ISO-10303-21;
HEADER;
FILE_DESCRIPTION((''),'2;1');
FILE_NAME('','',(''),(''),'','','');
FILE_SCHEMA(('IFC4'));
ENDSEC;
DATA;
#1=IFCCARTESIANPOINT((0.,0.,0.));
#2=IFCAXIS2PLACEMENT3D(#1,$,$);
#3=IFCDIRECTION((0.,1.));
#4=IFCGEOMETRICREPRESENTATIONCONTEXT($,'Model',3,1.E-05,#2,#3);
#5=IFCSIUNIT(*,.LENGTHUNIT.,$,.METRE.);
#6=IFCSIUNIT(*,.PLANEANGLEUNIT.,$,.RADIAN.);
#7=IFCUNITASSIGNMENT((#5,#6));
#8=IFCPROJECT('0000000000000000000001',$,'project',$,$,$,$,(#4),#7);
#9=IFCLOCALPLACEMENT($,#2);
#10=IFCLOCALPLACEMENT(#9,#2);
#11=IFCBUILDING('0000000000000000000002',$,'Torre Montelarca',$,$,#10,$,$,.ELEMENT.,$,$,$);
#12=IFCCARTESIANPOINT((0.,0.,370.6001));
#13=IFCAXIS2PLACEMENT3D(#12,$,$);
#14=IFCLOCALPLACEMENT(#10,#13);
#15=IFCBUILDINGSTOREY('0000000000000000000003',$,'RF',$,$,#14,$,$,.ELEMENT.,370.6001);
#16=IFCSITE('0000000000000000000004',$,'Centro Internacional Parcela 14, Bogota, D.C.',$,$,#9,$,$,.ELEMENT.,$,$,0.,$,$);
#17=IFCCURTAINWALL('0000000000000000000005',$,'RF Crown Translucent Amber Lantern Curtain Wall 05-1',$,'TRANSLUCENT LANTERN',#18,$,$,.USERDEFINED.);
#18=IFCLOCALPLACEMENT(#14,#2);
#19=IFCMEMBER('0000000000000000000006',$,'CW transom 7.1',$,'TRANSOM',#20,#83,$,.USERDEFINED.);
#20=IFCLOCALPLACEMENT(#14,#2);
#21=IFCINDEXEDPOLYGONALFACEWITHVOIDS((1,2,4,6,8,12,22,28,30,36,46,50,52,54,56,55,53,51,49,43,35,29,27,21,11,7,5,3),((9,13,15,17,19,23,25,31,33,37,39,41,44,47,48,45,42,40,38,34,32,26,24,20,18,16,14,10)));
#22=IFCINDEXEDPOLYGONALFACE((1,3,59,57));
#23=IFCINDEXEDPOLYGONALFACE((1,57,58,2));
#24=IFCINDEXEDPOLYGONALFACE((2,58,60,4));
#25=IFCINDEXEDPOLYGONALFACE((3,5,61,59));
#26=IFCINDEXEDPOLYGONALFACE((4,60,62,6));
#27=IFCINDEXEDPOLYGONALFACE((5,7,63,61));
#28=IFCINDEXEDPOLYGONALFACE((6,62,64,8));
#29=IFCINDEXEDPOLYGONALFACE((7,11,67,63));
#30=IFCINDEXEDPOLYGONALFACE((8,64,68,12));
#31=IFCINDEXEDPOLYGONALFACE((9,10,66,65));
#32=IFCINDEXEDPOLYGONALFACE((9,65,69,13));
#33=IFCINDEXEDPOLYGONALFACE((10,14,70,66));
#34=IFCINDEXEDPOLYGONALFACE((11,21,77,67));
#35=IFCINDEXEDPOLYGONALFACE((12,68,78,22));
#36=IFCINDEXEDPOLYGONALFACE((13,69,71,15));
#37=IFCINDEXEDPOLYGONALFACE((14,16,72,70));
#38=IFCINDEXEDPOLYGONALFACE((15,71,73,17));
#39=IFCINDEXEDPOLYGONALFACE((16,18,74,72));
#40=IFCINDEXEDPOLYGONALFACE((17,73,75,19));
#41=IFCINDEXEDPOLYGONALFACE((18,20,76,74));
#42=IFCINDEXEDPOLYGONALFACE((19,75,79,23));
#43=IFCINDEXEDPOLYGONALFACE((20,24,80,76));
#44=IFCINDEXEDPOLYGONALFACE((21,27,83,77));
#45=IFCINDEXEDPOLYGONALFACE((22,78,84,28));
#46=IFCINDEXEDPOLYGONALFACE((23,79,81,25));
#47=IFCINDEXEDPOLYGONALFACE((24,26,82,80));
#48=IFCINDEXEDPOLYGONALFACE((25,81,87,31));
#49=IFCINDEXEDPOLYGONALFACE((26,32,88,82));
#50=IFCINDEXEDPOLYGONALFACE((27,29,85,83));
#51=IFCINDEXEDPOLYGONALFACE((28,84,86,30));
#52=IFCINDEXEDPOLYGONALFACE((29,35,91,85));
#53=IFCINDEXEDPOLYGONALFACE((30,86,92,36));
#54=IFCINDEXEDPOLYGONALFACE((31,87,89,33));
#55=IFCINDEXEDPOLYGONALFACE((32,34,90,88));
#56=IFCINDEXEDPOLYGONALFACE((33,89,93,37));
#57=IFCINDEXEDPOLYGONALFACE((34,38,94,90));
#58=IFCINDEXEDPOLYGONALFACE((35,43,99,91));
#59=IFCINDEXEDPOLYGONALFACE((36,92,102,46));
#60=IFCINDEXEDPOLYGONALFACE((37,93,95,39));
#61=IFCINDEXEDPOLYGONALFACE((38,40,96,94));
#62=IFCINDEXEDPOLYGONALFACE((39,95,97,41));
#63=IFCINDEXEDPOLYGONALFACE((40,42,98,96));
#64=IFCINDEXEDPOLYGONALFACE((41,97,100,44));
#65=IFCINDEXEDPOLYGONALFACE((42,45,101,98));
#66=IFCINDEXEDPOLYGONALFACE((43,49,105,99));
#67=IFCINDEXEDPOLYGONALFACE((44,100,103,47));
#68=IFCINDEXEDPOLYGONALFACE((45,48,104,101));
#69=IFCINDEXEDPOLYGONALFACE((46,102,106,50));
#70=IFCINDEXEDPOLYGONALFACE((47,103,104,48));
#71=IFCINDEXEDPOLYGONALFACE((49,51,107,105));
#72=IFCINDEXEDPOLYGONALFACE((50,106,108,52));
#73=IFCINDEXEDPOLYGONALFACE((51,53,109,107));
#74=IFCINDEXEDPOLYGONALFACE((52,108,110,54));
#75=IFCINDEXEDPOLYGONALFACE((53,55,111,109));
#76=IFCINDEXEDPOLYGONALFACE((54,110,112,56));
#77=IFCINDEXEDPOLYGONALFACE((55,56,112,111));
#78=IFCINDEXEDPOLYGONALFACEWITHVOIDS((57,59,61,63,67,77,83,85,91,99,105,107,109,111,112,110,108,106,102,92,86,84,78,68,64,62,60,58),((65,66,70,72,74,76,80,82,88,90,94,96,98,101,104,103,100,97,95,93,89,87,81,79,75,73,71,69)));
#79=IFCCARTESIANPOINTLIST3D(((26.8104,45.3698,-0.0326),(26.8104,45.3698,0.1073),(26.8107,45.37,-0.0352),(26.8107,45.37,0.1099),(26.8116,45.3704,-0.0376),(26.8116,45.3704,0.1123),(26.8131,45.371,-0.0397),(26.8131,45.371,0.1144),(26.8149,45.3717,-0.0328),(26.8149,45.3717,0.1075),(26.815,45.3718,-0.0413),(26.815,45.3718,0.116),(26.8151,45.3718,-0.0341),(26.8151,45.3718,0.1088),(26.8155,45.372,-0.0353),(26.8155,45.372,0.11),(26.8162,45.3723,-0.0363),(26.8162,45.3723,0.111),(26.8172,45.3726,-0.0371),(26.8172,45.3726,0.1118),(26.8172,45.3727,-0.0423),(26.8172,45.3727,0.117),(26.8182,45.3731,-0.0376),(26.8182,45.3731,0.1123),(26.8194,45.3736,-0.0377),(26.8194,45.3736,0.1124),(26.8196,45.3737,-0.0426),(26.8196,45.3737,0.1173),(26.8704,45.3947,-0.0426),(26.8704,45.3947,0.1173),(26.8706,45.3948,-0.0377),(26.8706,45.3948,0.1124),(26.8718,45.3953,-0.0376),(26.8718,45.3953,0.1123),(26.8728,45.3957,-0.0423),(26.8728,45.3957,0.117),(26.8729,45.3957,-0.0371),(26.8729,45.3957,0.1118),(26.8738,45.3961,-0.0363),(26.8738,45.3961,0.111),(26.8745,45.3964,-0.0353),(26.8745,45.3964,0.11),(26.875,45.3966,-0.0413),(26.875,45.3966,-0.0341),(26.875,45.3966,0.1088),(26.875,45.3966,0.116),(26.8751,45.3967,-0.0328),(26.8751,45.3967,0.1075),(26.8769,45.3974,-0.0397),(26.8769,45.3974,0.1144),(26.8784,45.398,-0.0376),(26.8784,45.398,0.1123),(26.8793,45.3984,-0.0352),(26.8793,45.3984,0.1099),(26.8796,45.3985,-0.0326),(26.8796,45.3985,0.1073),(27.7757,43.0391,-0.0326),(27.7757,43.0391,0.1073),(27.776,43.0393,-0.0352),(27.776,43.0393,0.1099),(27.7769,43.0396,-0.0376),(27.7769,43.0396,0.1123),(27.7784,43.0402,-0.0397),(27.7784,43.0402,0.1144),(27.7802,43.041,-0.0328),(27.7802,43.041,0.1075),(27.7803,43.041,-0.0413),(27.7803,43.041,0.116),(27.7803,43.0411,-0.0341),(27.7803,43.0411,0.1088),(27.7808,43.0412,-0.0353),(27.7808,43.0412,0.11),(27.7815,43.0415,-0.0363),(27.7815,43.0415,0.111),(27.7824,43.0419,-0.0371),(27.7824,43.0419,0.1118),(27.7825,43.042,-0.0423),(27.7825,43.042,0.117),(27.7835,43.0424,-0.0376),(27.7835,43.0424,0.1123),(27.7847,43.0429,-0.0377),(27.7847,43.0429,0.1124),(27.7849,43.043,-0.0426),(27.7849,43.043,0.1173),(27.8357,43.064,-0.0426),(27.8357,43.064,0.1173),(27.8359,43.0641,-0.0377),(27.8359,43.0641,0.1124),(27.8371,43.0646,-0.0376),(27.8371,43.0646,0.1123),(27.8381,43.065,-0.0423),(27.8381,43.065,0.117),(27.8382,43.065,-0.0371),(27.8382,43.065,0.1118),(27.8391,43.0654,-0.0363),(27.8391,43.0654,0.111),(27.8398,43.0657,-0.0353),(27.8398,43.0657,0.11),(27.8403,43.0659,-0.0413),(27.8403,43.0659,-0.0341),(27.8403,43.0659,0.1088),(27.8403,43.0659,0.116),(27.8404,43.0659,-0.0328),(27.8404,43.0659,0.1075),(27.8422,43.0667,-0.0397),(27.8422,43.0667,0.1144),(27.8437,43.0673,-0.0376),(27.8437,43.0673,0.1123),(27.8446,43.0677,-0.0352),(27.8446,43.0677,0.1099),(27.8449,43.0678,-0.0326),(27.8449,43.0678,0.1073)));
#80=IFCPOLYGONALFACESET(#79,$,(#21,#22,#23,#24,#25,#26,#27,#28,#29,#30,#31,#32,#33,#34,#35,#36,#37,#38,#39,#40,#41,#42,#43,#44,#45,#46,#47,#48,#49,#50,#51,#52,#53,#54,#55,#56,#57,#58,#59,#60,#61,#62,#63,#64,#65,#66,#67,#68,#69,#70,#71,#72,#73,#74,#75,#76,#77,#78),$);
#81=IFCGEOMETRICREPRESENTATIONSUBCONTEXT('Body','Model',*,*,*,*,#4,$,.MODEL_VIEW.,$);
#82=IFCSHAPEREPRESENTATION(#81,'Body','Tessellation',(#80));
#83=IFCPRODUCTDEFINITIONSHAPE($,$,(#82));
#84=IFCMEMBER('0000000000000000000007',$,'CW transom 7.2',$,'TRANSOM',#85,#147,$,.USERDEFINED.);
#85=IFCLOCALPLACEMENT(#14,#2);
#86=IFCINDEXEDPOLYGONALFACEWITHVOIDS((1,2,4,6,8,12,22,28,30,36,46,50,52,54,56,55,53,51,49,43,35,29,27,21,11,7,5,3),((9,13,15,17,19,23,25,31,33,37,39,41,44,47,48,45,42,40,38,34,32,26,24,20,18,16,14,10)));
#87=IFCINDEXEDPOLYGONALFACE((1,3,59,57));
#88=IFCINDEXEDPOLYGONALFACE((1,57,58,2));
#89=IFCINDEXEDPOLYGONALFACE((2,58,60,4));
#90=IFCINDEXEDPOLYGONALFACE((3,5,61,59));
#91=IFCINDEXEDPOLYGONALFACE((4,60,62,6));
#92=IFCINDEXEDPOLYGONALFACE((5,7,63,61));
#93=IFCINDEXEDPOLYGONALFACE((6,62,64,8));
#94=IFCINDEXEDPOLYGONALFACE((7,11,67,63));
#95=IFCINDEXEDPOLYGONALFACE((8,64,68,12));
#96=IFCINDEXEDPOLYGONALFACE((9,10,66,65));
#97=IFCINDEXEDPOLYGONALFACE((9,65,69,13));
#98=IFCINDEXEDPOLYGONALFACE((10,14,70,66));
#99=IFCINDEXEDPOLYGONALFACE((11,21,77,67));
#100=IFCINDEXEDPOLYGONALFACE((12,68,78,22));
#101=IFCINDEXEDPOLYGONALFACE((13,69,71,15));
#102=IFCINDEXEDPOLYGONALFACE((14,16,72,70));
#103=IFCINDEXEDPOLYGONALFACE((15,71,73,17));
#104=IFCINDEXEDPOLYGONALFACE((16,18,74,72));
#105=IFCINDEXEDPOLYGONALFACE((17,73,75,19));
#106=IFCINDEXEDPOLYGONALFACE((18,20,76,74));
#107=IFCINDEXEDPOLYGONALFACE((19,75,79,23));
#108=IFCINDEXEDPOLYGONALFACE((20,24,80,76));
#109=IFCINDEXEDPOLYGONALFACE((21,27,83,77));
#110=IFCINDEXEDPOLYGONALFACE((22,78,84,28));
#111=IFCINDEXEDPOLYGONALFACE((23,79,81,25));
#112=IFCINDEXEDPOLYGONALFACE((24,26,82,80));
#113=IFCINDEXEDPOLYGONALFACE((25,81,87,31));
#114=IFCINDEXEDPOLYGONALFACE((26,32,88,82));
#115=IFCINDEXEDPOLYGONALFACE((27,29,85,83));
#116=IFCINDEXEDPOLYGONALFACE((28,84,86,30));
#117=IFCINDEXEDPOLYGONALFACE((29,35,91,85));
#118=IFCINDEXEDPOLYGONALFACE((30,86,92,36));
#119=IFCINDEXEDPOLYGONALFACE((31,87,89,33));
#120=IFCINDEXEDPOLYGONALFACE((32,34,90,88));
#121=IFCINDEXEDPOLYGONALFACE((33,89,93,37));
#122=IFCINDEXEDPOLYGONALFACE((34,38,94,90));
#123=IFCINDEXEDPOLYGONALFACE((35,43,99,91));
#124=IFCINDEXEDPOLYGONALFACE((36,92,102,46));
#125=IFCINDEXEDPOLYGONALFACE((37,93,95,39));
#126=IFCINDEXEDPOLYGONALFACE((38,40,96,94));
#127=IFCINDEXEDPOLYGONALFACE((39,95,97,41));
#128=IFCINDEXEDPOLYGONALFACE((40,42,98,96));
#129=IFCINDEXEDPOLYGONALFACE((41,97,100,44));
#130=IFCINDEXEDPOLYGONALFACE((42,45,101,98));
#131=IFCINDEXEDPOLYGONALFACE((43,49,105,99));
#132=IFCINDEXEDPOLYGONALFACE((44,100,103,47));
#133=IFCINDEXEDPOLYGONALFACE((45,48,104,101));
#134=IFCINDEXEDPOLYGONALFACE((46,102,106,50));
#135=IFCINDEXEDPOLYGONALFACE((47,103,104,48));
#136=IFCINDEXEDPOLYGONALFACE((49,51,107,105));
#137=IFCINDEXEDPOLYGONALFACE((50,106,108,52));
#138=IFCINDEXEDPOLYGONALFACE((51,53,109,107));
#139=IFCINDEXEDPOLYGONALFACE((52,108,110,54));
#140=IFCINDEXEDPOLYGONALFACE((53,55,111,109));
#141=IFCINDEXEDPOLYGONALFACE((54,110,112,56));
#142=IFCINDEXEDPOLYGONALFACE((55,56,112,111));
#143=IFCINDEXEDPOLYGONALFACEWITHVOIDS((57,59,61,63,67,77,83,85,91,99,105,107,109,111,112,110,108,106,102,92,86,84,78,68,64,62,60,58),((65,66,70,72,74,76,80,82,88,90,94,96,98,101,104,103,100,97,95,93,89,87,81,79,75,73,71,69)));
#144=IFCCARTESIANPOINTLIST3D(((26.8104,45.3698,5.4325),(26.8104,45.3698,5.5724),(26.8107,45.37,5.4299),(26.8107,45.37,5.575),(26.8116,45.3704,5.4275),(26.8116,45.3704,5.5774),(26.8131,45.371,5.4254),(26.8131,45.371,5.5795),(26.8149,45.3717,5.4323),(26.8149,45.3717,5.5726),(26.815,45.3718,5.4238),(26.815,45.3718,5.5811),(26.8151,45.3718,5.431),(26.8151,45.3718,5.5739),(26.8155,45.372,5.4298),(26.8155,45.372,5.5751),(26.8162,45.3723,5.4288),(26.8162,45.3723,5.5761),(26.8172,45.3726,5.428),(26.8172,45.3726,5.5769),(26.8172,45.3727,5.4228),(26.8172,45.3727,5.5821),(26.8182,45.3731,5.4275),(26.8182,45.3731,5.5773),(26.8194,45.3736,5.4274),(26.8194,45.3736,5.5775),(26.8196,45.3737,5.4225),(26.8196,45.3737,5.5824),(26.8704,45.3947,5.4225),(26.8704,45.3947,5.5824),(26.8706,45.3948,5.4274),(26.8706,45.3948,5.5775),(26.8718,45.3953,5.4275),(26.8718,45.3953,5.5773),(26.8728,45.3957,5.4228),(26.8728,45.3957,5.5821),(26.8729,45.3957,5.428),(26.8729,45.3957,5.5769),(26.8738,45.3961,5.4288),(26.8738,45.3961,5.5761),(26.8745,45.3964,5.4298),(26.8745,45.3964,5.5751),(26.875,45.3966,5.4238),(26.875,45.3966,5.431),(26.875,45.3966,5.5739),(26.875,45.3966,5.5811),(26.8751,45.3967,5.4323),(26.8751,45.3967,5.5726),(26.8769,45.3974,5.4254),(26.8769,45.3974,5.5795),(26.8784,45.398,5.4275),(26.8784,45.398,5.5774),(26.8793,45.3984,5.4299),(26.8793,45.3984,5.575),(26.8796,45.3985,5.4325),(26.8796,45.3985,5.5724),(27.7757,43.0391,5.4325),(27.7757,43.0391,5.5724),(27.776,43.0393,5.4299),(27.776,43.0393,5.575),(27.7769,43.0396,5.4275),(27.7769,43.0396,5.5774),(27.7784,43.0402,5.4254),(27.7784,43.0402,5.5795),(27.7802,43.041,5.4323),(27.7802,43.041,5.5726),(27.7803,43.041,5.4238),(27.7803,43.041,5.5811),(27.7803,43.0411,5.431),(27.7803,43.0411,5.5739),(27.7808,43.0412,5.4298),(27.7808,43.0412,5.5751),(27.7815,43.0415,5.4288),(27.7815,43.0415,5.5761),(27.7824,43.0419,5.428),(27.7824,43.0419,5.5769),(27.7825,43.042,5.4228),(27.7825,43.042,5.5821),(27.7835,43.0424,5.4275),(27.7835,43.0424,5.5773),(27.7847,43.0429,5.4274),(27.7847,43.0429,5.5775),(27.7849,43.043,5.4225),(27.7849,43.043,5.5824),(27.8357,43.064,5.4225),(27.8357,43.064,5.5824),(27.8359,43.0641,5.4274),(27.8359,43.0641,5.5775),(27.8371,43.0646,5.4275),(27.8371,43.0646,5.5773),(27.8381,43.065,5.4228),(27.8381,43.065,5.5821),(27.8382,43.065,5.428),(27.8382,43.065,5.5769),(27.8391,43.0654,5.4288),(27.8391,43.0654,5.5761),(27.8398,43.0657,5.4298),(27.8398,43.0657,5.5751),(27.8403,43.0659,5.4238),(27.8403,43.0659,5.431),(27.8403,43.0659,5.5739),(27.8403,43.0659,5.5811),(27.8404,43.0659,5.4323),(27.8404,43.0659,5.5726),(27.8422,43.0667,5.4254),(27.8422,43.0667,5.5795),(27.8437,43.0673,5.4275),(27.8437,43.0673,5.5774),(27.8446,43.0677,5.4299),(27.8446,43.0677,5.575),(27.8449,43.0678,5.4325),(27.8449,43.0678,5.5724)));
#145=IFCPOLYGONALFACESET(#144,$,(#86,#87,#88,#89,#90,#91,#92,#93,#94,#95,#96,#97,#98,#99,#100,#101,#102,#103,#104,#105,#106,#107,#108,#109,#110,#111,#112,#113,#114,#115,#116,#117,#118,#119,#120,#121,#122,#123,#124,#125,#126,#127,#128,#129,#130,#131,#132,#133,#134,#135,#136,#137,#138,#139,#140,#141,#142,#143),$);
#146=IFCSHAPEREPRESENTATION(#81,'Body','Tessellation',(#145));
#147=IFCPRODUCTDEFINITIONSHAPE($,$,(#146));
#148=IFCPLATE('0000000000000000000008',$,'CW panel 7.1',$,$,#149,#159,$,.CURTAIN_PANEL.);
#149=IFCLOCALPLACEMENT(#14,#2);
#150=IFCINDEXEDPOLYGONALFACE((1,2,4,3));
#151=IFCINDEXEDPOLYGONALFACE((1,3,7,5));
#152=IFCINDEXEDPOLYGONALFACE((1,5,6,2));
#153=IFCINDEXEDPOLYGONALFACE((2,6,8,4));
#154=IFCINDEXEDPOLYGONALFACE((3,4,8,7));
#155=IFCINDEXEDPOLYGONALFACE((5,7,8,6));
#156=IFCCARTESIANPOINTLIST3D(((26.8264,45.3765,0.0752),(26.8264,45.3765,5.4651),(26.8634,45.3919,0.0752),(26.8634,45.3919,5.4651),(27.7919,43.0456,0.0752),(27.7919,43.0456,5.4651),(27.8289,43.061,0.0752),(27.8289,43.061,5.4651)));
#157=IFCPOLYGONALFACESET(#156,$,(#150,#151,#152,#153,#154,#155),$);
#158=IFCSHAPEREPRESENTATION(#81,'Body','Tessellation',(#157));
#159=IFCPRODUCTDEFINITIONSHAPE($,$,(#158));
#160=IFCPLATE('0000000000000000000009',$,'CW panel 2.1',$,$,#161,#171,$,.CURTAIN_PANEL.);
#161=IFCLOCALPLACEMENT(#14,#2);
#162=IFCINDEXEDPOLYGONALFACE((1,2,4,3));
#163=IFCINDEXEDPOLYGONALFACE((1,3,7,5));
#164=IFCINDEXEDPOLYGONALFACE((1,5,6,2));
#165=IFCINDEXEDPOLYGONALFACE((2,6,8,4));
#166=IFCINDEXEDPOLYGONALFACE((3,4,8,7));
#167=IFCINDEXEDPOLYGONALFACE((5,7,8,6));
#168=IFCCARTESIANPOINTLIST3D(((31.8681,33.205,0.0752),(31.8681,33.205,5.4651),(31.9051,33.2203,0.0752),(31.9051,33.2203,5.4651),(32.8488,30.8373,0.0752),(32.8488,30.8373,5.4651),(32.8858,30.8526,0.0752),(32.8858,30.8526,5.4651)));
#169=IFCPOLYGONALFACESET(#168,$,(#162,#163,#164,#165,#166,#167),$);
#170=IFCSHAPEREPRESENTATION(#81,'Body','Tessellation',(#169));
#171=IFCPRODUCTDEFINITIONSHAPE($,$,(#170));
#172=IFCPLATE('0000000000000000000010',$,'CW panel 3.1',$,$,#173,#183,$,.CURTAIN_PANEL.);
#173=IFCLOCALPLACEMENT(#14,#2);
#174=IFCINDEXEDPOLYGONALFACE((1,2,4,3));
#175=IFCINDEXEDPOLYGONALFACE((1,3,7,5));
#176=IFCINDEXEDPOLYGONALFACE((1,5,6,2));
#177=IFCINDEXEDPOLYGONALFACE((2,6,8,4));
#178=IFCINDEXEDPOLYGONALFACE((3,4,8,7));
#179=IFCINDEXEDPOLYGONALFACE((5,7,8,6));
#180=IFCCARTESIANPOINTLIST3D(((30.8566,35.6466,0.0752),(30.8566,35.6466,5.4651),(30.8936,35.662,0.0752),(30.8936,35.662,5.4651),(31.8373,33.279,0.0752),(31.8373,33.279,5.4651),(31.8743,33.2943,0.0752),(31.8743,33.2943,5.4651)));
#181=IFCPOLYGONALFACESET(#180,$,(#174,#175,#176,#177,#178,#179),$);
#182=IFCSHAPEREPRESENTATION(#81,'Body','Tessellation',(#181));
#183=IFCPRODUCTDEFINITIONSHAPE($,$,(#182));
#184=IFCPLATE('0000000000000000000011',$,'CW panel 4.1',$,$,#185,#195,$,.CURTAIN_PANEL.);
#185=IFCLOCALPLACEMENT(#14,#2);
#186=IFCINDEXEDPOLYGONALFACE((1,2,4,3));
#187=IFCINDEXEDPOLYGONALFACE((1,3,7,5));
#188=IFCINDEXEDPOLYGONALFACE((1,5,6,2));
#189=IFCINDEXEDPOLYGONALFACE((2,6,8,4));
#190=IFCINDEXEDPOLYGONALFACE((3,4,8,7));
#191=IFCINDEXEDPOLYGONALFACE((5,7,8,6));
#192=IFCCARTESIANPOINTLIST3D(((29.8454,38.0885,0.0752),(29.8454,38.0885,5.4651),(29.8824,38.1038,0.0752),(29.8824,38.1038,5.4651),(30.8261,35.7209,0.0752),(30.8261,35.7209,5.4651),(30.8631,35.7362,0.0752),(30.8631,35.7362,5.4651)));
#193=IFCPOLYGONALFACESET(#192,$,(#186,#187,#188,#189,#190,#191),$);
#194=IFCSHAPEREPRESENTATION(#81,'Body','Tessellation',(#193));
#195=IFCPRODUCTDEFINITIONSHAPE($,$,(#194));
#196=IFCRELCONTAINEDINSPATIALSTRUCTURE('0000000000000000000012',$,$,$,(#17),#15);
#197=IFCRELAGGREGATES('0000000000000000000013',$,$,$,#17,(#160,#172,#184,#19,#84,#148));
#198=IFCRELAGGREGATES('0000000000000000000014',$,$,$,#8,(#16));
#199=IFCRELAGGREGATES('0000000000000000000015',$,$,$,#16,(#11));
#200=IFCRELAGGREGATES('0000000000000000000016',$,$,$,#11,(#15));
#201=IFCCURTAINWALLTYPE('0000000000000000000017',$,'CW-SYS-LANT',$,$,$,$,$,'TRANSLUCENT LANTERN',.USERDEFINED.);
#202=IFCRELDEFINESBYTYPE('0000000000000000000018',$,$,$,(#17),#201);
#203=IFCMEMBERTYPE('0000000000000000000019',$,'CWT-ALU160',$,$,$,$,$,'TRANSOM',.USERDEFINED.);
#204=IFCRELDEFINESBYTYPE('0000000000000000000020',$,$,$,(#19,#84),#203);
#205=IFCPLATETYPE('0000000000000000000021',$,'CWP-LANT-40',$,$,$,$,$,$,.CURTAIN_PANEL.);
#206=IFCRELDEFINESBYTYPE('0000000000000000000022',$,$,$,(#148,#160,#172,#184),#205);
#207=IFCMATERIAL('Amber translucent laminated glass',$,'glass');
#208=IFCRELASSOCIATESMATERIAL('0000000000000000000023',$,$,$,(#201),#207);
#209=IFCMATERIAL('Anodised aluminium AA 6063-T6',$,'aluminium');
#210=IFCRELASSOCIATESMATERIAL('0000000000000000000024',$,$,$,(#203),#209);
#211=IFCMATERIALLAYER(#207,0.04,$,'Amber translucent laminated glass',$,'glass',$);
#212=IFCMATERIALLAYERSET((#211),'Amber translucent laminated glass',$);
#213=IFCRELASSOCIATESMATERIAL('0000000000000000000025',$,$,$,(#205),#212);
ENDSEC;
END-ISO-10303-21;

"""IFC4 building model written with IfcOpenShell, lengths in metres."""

from ifc_helpers import new_model, si_unit, direction, frame, origin, origin_2d, place, context, subcontext, project, spatial, rectangle, hollow_rectangle, extrude, source, transform, mapped, material, layer, layer_set, material_profile, profile_set, type_object, element, aggregate, save


model = new_model("IFC4")

# Units and contexts
model_context = context("Model", 3, precision=1e-05, world=origin(), true_north=direction((0.0, 1.0)))
body_context = subcontext(model_context, "Body", "Model", "MODEL_VIEW")
ifc_project = project(units=[si_unit("LENGTHUNIT", "METRE"), si_unit("PLANEANGLEUNIT", "RADIAN")], contexts=[model_context])

# Site, building, storey
site_placement = place(None, origin())
site = spatial("IfcSite", under=ifc_project, at=site_placement, Name="Centro Internacional Parcela 14, Bogota, D.C.", CompositionType="ELEMENT", RefElevation=0.0)
building_placement = place(site_placement, origin())
building = spatial("IfcBuilding", under=site, at=building_placement, Name="Torre Montelarca", CompositionType="ELEMENT")
storey_placement = place(building_placement, frame((0.0, 0.0, 370.6001)))
storey = spatial("IfcBuildingStorey", under=building, at=storey_placement, Name="RF", CompositionType="ELEMENT", Elevation=370.6001)

# Curtain wall, members, plates
ifc_material_1 = material(Name="Amber translucent laminated glass", Category="glass")
curtain_wall_type = type_object("IfcCurtainWallType", Name="CW-SYS-LANT", ElementType="TRANSLUCENT LANTERN", PredefinedType="USERDEFINED", material=ifc_material_1)
curtain_wall_placement = place(storey_placement, origin())
curtain_wall = element("IfcCurtainWall", 1, at=curtain_wall_placement, inside=storey, type_object=curtain_wall_type, Name="RF Crown Translucent Amber Lantern Curtain Wall 05-1", ObjectType="TRANSLUCENT LANTERN", PredefinedType="USERDEFINED")
ifc_material_2 = material(Name="Anodised aluminium AA 6063-T6", Category="aluminium")
ifc_material_profile_1 = material_profile(ifc_material_2, hollow_rectangle(XDim=0.075, YDim=0.1599, WallThickness=0.0049, InnerFilletRadius=0.0049, OuterFilletRadius=0.01, at=origin_2d()), Name="ALU75X160X5", Category="aluminium")
ifc_profile_set_1 = profile_set([ifc_material_profile_1], Name="Anodised aluminium AA 6063-T6")
member_type_1 = type_object("IfcMemberType", Name="CWT-ALU160", ElementType="TRANSOM", PredefinedType="USERDEFINED", material=ifc_profile_set_1)
shared_shape_1 = source(origin(), body_context, "Body", "SweptSolid", [
    extrude(hollow_rectangle(XDim=0.075, YDim=0.1599, WallThickness=0.0049, InnerFilletRadius=0.0049, OuterFilletRadius=0.01, at=origin_2d()), origin(), (0.0, 0.0, 1.0), 2.5227),
])
member_1_placement = place(storey_placement, frame((27.8103, 43.0535, 0.0374), z_axis=(-0.382642, 0.923897, 0.0), x_axis=(-0.923897, -0.382642, 0.0)))
member_1 = element("IfcMember", 2, at=member_1_placement, type_object=member_type_1, Name="CW transom 7.1", ObjectType="TRANSOM", PredefinedType="USERDEFINED", context=body_context, shape_type="MappedRepresentation", body=[
    mapped(shared_shape_1, transform((0.0, 0.0, 0.0), scale=1.0)),
])
member_2_placement = place(storey_placement, frame((27.8103, 43.0535, 5.5024), z_axis=(-0.382642, 0.923897, 0.0), x_axis=(-0.923897, -0.382642, 0.0)))
member_2 = element("IfcMember", 3, at=member_2_placement, type_object=member_type_1, Name="CW transom 7.2", ObjectType="TRANSOM", PredefinedType="USERDEFINED", context=body_context, shape_type="MappedRepresentation", body=[
    mapped(shared_shape_1, transform((0.0, 0.0, 0.0), scale=1.0)),
])
ifc_layer_1 = layer(ifc_material_1, 0.04, Name="Amber translucent laminated glass", Category="glass")
ifc_layer_set_1 = layer_set([ifc_layer_1], Name="Amber translucent laminated glass")
plate_type_1 = type_object("IfcPlateType", Name="CWP-LANT-40", PredefinedType="CURTAIN_PANEL", material=ifc_layer_set_1)
shared_shape_2 = source(origin(), body_context, "Body", "SweptSolid", [
    extrude(rectangle(XDim=2.5229, YDim=0.04, at=origin_2d()), origin(), (0.0, 0.0, 1.0), 5.3899),
])
plate_1_placement = place(storey_placement, frame((27.3276, 44.2188, 0.0752), z_axis=(0.0, 0.0, 1.0), x_axis=(-0.382687, 0.923878, 0.0)))
plate_1 = element("IfcPlate", 4, at=plate_1_placement, type_object=plate_type_1, Name="CW panel 7.1", PredefinedType="CURTAIN_PANEL", context=body_context, shape_type="MappedRepresentation", body=[
    mapped(shared_shape_2, transform((0.0, 0.0, 0.0), scale=1.0)),
])
shared_shape_3 = source(origin(), body_context, "Body", "SweptSolid", [
    extrude(rectangle(XDim=2.5627, YDim=0.04, at=origin_2d()), origin(), (0.0, 0.0, 1.0), 5.3899),
])
plate_2_placement = place(storey_placement, frame((32.377, 32.0288, 0.0752), z_axis=(0.0, 0.0, 1.0), x_axis=(-0.382687, 0.923878, 0.0)))
plate_2 = element("IfcPlate", 5, at=plate_2_placement, type_object=plate_type_1, Name="CW panel 2.1", PredefinedType="CURTAIN_PANEL", context=body_context, shape_type="MappedRepresentation", body=[
    mapped(shared_shape_3, transform((0.0, 0.0, 0.0), scale=1.0)),
])
plate_3_placement = place(storey_placement, frame((31.3655, 34.4705, 0.0752), z_axis=(0.0, 0.0, 1.0), x_axis=(-0.382687, 0.923878, 0.0)))
plate_3 = element("IfcPlate", 6, at=plate_3_placement, type_object=plate_type_1, Name="CW panel 3.1", PredefinedType="CURTAIN_PANEL", context=body_context, shape_type="MappedRepresentation", body=[
    mapped(shared_shape_3, transform((0.0, 0.0, 0.0), scale=1.0)),
])
plate_4_placement = place(storey_placement, frame((30.3542, 36.9124, 0.0752), z_axis=(0.0, 0.0, 1.0), x_axis=(-0.382687, 0.923878, 0.0)))
plate_4 = element("IfcPlate", 7, at=plate_4_placement, type_object=plate_type_1, Name="CW panel 4.1", PredefinedType="CURTAIN_PANEL", context=body_context, shape_type="MappedRepresentation", body=[
    mapped(shared_shape_3, transform((0.0, 0.0, 0.0), scale=1.0)),
])
aggregate(curtain_wall, [plate_2, plate_3, plate_4, member_1, member_2, plate_1])

save(model, "model.ifc")
